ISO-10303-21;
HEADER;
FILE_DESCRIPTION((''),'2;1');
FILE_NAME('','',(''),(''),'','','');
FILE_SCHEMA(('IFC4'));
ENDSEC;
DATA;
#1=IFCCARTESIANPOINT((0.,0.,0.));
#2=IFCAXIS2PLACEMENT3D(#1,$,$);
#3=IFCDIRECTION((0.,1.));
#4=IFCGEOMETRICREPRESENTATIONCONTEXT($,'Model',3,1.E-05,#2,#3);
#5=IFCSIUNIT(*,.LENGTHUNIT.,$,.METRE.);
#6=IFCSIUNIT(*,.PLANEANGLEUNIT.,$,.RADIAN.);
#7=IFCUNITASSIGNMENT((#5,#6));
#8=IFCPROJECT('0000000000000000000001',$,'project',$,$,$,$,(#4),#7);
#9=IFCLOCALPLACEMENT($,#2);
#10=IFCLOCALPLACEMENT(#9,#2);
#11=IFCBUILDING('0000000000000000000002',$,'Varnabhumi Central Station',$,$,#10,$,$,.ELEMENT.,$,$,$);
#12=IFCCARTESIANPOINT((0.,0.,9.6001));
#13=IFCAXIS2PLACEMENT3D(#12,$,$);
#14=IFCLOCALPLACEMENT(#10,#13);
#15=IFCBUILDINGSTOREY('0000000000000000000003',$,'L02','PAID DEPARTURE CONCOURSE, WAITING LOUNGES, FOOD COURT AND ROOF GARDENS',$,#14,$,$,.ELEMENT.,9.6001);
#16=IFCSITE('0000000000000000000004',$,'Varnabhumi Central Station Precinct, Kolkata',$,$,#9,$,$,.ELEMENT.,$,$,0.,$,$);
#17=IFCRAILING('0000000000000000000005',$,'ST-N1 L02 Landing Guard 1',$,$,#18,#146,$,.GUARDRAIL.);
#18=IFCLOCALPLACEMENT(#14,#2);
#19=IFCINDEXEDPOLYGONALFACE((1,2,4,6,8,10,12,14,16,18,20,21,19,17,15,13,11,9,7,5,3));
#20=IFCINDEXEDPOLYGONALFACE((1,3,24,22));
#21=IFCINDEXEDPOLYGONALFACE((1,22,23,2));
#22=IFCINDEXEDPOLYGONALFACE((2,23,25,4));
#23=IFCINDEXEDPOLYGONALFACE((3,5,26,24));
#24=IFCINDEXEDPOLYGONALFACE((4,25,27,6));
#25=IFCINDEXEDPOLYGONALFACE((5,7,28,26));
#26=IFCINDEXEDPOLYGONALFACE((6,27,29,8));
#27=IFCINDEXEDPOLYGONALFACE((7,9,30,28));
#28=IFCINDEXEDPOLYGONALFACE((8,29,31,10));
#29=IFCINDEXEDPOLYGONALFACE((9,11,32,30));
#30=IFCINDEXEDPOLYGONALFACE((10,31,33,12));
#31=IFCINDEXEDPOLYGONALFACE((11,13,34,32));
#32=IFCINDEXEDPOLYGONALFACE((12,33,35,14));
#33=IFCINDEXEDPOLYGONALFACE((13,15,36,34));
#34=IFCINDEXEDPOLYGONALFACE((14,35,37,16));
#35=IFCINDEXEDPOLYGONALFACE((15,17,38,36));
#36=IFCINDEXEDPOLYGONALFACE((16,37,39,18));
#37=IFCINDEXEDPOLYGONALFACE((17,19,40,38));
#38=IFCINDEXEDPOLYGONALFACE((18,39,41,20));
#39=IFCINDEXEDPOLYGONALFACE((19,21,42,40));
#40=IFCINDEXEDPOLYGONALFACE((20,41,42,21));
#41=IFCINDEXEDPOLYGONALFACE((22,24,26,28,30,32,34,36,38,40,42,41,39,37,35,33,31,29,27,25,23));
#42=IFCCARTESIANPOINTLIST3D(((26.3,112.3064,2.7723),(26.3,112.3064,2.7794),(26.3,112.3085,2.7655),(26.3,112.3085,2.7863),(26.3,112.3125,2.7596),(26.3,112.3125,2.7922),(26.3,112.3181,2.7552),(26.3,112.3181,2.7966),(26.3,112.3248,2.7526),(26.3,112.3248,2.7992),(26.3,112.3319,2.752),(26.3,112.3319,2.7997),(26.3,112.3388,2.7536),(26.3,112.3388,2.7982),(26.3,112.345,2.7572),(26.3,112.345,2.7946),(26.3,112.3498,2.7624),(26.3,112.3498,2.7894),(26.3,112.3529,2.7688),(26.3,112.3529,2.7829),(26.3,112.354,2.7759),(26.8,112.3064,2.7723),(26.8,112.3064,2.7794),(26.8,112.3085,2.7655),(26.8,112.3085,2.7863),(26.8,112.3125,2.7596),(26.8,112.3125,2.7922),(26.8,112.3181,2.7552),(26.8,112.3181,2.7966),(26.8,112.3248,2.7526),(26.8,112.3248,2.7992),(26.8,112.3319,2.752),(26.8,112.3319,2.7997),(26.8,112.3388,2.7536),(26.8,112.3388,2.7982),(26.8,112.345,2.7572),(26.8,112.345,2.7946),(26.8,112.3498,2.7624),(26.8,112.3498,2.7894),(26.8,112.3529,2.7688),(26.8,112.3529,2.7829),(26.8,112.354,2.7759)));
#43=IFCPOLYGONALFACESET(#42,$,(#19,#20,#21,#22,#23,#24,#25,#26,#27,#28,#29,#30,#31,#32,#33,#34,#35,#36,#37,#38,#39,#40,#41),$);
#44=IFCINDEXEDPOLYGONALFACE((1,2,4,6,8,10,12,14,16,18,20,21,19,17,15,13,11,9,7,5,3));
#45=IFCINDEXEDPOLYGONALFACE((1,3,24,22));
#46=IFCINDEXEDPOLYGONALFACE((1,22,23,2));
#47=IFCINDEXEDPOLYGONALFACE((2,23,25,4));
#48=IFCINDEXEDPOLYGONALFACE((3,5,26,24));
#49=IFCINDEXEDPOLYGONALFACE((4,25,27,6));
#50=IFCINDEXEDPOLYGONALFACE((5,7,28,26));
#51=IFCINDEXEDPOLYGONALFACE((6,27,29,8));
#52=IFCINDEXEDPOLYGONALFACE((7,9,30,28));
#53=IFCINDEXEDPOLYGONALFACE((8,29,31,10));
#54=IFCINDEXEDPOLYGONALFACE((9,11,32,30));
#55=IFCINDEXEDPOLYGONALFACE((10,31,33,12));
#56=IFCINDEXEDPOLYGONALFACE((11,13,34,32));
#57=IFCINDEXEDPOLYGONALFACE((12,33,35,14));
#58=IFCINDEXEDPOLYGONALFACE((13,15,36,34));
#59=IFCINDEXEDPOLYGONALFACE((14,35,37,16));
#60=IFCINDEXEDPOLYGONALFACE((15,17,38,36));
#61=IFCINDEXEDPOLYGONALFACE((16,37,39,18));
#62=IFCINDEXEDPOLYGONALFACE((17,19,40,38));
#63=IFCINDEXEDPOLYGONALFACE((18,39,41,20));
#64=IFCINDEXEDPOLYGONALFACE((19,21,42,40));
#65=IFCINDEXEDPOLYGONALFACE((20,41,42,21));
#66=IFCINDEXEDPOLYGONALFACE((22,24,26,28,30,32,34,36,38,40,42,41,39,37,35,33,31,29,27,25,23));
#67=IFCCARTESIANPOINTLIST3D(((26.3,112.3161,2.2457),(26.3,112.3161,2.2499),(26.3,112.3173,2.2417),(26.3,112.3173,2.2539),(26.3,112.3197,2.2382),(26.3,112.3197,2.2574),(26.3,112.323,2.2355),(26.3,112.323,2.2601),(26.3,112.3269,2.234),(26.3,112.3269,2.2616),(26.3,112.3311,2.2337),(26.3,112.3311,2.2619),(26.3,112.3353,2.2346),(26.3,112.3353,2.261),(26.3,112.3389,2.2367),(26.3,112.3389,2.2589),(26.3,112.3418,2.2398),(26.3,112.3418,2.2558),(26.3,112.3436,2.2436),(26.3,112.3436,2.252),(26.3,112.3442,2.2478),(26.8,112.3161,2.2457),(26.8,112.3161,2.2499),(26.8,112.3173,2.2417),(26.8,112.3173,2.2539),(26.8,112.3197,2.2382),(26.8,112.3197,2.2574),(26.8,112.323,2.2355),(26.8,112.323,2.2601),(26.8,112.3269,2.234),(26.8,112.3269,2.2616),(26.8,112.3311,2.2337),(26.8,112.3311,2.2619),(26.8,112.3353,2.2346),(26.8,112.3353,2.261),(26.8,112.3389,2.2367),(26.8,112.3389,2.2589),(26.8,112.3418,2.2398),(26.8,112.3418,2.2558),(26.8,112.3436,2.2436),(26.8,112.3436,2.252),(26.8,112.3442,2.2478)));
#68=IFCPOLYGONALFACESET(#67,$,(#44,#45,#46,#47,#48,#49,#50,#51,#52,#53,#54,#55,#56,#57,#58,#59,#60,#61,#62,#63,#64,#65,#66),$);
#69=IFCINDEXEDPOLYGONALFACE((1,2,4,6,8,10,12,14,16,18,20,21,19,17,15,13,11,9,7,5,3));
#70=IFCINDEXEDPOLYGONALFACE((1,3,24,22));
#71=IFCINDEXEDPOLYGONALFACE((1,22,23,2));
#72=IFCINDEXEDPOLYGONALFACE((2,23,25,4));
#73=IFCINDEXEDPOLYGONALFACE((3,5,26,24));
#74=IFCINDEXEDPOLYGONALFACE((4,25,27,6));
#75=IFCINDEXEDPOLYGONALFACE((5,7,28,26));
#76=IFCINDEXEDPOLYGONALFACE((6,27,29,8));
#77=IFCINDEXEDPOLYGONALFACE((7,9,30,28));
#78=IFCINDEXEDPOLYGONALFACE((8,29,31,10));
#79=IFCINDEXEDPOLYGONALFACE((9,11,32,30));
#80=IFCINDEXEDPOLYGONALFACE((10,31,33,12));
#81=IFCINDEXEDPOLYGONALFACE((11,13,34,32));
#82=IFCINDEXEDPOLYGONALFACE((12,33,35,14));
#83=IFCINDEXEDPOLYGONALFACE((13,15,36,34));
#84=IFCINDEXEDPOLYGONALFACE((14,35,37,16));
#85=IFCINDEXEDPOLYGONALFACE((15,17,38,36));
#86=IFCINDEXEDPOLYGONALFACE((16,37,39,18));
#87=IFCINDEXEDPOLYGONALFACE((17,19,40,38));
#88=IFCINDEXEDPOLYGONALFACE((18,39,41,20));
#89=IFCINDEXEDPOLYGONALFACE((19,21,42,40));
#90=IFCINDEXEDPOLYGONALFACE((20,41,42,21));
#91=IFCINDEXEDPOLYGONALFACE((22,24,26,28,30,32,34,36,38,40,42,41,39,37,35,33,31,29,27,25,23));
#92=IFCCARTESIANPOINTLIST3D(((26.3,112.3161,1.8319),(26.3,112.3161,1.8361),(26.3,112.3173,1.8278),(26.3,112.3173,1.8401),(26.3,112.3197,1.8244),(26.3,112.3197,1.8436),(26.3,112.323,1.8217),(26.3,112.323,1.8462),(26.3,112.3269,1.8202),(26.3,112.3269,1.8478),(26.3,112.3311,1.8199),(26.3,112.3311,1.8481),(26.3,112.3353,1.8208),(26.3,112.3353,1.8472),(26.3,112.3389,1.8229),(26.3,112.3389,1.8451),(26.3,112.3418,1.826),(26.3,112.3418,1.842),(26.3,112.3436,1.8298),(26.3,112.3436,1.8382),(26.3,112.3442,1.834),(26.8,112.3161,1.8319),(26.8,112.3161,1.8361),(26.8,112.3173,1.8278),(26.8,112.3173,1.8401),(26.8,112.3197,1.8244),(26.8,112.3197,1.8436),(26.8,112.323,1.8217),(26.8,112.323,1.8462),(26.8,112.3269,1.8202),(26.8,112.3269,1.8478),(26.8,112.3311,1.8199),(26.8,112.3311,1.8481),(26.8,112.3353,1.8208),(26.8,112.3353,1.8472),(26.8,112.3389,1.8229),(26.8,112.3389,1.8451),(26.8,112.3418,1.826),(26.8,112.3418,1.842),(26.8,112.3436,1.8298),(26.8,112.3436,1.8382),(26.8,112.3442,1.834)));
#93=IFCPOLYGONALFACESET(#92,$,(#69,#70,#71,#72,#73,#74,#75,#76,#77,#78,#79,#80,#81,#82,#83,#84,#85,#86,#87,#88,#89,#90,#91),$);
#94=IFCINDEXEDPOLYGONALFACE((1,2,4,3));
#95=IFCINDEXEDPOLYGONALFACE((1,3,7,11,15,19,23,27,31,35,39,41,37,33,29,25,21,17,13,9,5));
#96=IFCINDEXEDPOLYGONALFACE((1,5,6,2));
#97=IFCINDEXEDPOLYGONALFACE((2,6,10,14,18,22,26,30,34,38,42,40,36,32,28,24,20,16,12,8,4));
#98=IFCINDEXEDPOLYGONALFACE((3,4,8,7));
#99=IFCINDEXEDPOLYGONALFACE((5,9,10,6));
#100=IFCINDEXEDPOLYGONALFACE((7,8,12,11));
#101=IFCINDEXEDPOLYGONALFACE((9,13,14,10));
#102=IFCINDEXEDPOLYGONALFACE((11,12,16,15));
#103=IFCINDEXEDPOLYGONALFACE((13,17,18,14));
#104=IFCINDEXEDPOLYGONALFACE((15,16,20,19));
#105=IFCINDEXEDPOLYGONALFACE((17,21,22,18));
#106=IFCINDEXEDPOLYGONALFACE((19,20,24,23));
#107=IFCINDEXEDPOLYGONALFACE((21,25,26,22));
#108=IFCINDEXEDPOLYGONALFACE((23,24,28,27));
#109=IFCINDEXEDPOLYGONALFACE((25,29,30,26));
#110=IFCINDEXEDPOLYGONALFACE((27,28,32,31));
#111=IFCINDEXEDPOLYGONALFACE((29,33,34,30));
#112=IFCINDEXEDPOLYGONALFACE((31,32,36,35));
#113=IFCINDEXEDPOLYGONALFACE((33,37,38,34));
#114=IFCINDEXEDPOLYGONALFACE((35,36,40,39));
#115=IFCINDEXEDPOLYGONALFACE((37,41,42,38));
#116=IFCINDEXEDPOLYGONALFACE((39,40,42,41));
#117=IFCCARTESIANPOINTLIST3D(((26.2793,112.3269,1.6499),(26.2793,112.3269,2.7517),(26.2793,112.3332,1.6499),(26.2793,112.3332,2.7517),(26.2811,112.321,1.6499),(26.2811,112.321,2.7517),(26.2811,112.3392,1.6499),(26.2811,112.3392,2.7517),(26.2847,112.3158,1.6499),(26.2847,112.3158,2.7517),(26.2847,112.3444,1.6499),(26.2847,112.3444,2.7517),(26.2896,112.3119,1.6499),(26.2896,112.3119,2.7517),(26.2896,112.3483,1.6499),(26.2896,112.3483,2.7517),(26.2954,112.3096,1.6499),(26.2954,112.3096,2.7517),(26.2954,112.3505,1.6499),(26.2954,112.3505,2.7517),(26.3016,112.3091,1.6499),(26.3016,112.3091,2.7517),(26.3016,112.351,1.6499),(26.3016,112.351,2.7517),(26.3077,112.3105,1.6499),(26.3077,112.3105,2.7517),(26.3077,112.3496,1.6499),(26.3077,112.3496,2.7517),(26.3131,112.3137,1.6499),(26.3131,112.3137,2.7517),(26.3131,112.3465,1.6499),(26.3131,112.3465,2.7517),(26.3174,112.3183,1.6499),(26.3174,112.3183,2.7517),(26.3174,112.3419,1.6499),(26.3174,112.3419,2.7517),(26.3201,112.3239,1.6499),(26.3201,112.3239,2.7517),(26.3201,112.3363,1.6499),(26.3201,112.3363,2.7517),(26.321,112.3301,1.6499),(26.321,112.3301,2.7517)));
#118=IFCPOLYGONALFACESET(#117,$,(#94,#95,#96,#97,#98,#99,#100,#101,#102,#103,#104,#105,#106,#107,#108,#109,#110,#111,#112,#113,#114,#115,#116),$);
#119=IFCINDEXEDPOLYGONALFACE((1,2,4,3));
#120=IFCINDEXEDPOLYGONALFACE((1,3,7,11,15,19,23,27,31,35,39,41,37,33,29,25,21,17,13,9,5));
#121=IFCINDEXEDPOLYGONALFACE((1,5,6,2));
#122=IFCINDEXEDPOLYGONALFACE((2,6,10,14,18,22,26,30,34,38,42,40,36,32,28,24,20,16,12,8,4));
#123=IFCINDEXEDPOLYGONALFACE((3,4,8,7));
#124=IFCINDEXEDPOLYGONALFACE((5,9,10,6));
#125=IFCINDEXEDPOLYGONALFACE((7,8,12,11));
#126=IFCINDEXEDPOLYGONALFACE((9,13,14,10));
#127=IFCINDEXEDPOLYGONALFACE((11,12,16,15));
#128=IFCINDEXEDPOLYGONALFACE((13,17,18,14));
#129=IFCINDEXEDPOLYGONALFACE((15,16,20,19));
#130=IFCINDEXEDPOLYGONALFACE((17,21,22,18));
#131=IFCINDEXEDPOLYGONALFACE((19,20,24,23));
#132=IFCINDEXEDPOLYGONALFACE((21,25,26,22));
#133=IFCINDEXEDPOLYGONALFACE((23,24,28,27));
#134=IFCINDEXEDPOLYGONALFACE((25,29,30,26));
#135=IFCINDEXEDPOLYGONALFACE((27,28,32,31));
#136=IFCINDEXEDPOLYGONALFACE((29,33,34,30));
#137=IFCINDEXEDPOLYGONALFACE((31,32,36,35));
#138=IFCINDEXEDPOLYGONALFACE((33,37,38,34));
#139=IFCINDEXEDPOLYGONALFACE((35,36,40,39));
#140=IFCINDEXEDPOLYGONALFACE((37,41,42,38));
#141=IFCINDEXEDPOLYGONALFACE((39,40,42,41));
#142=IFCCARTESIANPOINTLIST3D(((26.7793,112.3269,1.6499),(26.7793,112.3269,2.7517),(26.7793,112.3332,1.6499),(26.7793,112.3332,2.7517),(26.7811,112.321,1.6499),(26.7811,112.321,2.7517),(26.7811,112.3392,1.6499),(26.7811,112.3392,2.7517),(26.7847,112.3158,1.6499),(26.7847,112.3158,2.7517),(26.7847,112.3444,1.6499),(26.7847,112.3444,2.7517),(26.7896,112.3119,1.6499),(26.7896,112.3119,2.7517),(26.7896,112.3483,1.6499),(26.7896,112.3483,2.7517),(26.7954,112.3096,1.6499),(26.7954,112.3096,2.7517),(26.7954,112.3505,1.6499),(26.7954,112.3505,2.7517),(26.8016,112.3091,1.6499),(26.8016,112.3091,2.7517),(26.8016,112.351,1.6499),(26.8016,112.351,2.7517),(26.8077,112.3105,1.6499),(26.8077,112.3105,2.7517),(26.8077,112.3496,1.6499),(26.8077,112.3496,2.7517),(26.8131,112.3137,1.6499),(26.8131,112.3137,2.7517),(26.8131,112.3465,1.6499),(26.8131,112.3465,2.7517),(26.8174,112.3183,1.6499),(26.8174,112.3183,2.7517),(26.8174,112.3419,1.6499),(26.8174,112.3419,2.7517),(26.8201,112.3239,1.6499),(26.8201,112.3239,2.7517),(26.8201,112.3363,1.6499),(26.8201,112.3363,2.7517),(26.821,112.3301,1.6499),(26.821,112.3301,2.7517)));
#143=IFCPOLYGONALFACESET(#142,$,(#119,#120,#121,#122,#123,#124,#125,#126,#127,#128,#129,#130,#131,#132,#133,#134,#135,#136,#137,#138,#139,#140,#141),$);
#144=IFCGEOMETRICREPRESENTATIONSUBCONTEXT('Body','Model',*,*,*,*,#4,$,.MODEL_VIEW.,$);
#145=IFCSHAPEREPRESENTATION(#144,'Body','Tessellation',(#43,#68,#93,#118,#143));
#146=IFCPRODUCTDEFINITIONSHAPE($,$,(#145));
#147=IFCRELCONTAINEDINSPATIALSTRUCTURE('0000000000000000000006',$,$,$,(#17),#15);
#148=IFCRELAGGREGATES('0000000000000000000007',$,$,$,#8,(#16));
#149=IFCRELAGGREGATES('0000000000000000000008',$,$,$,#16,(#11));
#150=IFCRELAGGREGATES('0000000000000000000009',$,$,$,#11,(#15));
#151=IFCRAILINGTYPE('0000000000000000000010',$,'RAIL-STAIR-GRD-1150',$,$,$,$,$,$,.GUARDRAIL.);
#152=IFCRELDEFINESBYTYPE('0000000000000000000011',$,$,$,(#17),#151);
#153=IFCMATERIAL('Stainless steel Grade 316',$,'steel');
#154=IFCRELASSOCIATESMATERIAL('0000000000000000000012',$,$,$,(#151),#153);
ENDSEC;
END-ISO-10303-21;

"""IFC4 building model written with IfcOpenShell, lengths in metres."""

from ifc_helpers import new_model, si_unit, direction, frame, origin, origin_2d, place, context, subcontext, project, spatial, circle, extrude, material, type_object, element, save


model = new_model("IFC4")

# Units and contexts
model_context = context("Model", 3, precision=1e-05, world=origin(), true_north=direction((0.0, 1.0)))
body_context = subcontext(model_context, "Body", "Model", "MODEL_VIEW")
ifc_project = project(units=[si_unit("LENGTHUNIT", "METRE"), si_unit("PLANEANGLEUNIT", "RADIAN")], contexts=[model_context])

# Site, building, storey
site_placement = place(None, origin())
site = spatial("IfcSite", under=ifc_project, at=site_placement, Name="Varnabhumi Central Station Precinct, Kolkata", CompositionType="ELEMENT", RefElevation=0.0)
building_placement = place(site_placement, origin())
building = spatial("IfcBuilding", under=site, at=building_placement, Name="Varnabhumi Central Station", CompositionType="ELEMENT")
storey_placement = place(building_placement, frame((0.0, 0.0, 9.6001)))
storey = spatial("IfcBuildingStorey", under=building, at=storey_placement, Name="L02", Description="PAID DEPARTURE CONCOURSE, WAITING LOUNGES, FOOD COURT AND ROOF GARDENS", CompositionType="ELEMENT", Elevation=9.6001)

# Shared definitions
ifc_material_1 = material(Name="Stainless steel Grade 316", Category="steel")

# Railing
railing_type_1 = type_object("IfcRailingType", Name="RAIL-STAIR-GRD-1150", PredefinedType="GUARDRAIL", material=ifc_material_1)
railing_1_placement = place(storey_placement, frame((26.3, 112.3301, 1.6499)))
element("IfcRailing", 1, at=railing_1_placement, inside=storey, type_object=railing_type_1, Name="ST-N1 L02 Landing Guard 1", PredefinedType="GUARDRAIL", context=body_context, shape_type="SweptSolid", body=[
    extrude(circle(Radius=0.0239, at=origin_2d()), frame((0.0, 0.0, 1.126), z_axis=(1.0, 0.0, 0.0), x_axis=(0.0, 1.0, 0.0)), (0.0, 0.0, 1.0), 0.5),
    extrude(circle(Radius=0.0142, at=origin_2d()), frame((0.0, 0.0, 0.5979), z_axis=(1.0, 0.0, 0.0), x_axis=(0.0, 1.0, 0.0)), (0.0, 0.0, 1.0), 0.5),
    extrude(circle(Radius=0.0142, at=origin_2d()), frame((0.0, 0.0, 0.1841), z_axis=(1.0, 0.0, 0.0), x_axis=(0.0, 1.0, 0.0)), (0.0, 0.0, 1.0), 0.5),
    extrude(circle(Radius=0.021, at=origin_2d()), origin(), (0.0, 0.0, 1.0), 1.1018),
    extrude(circle(Radius=0.021, at=origin_2d()), frame((0.5, 0.0, 0.0)), (0.0, 0.0, 1.0), 1.1018),
])

save(model, "model.ifc")
